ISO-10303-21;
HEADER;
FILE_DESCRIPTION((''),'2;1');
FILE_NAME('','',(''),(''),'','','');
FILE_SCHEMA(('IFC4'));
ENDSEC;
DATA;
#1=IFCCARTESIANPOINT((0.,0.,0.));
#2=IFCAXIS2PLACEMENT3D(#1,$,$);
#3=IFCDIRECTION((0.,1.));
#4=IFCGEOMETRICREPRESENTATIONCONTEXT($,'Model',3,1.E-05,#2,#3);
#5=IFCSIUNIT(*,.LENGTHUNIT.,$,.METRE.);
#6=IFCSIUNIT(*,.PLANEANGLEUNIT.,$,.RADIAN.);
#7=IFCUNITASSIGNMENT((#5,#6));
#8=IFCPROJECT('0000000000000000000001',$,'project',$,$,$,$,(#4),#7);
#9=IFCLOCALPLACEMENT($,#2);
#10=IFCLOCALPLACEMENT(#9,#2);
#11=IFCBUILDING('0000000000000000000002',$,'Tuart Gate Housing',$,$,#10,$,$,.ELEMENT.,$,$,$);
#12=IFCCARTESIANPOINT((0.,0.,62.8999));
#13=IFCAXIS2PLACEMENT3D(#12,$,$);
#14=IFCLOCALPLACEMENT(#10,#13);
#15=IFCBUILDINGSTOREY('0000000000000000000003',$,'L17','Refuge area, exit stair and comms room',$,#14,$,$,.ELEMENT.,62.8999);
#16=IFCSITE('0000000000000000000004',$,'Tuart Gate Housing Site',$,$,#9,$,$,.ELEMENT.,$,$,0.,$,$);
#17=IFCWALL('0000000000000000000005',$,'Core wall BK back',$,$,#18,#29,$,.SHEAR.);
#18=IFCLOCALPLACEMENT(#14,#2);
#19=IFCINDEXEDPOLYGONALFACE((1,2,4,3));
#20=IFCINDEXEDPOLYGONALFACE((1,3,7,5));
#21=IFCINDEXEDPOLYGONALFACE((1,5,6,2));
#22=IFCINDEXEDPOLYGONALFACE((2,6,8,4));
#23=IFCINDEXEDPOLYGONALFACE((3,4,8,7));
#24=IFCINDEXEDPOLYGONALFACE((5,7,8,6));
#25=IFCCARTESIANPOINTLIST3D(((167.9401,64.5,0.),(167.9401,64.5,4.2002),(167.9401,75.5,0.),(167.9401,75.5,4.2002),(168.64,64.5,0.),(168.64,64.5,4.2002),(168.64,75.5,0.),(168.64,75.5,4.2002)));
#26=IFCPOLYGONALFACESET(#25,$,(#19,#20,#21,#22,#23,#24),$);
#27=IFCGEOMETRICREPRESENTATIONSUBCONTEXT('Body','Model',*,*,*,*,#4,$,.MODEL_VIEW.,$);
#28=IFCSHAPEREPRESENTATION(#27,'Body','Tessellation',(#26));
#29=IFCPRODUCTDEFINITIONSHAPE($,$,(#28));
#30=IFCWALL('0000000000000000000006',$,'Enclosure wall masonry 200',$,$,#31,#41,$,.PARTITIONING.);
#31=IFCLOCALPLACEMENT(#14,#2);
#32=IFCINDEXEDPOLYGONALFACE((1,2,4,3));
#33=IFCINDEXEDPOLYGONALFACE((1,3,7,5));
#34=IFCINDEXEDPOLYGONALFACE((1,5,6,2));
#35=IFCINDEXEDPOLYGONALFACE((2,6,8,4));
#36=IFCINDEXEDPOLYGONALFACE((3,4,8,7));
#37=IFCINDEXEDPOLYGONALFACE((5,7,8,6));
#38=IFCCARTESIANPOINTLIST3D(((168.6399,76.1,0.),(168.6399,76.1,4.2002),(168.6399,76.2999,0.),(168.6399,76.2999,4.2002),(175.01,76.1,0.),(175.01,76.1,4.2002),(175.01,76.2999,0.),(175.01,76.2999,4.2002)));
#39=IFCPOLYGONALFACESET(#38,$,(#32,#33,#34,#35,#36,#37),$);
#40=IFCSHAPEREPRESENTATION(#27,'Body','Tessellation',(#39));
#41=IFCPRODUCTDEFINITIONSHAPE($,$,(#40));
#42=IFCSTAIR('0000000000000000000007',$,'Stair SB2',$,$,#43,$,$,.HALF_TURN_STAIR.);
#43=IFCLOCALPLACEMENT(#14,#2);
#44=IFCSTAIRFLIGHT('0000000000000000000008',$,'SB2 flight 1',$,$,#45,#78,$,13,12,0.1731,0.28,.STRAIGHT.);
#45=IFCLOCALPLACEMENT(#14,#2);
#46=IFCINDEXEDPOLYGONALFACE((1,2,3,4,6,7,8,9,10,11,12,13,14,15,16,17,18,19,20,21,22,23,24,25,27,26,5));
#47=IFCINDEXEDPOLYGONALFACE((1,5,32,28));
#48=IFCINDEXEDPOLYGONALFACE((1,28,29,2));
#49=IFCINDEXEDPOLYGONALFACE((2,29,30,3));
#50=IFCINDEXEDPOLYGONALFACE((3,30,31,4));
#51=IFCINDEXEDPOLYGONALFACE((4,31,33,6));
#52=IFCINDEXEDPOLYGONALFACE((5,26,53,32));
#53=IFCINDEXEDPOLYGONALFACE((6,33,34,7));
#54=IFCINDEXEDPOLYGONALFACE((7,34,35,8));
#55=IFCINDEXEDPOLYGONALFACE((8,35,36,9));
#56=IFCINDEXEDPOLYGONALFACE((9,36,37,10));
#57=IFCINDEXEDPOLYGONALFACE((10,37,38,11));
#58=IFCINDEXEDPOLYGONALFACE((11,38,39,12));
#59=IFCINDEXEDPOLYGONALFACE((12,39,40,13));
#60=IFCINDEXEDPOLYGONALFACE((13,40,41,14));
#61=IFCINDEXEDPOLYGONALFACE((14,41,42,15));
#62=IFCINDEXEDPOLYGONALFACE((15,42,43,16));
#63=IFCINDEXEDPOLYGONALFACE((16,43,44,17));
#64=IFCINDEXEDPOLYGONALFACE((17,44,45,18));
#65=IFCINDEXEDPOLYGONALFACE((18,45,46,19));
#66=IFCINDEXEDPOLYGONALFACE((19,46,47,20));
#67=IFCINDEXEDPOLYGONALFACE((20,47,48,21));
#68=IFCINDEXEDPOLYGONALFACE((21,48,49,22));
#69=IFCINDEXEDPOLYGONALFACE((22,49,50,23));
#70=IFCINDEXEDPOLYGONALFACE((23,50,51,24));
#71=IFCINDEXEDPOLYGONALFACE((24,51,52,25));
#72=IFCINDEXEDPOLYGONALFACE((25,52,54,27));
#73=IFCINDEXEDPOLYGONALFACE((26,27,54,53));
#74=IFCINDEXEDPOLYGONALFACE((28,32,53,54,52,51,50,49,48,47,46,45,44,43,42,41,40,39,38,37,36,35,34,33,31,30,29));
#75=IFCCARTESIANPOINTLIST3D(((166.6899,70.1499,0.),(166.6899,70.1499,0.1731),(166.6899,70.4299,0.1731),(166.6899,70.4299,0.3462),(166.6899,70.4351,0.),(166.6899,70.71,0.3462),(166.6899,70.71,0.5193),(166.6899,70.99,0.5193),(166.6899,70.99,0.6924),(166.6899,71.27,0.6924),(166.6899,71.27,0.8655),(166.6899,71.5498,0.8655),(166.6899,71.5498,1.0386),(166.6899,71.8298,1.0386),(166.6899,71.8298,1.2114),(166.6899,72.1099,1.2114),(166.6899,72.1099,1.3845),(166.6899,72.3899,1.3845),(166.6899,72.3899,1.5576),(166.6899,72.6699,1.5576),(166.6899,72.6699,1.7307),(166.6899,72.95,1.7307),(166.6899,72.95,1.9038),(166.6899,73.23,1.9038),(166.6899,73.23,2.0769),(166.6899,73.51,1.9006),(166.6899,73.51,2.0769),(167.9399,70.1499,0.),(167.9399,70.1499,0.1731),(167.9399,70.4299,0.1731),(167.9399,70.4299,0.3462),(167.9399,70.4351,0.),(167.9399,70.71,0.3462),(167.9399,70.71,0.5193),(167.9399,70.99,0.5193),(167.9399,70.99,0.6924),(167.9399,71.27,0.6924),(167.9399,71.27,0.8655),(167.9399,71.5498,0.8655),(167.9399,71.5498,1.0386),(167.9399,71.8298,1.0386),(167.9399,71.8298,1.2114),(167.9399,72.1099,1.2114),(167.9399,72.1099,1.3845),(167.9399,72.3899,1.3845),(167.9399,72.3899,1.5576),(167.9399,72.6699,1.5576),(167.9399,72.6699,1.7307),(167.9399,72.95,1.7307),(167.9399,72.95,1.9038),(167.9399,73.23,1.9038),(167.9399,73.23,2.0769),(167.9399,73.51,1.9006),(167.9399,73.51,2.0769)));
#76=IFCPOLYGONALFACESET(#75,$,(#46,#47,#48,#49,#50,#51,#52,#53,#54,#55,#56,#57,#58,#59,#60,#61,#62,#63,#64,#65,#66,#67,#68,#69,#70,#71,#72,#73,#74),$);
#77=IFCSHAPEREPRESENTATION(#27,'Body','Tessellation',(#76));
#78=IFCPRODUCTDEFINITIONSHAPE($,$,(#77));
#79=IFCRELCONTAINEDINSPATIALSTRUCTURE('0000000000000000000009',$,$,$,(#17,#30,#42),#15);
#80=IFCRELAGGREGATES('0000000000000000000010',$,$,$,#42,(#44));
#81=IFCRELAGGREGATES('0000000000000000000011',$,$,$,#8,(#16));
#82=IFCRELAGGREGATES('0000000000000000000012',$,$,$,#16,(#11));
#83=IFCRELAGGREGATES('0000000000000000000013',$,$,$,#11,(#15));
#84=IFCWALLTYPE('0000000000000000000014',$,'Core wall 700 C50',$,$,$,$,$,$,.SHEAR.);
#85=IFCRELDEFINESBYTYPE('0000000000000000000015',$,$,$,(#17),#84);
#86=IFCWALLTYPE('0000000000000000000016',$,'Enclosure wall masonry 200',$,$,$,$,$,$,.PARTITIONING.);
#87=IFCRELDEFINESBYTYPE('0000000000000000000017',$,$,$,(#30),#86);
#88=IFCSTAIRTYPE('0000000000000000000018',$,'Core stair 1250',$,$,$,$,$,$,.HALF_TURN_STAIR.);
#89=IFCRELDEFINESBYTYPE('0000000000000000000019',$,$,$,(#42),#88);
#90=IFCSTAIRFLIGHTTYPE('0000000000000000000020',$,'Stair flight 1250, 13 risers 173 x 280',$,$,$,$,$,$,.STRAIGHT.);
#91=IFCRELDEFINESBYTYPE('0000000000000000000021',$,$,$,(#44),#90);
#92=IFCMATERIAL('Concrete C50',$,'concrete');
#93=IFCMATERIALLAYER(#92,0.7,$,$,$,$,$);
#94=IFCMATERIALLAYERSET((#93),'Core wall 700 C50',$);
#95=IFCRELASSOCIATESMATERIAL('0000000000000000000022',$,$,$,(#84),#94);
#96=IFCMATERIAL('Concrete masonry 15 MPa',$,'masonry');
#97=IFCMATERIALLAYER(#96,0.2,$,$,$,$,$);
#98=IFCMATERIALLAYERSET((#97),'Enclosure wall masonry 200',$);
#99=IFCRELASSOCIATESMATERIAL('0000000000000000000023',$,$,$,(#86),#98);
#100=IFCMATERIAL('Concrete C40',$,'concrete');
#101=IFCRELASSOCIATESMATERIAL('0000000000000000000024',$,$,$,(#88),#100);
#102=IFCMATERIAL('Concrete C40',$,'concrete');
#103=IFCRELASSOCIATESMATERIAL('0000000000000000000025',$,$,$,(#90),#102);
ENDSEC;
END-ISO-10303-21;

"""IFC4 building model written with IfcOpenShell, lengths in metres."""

from ifc_helpers import new_model, si_unit, direction, frame, frame_2d, origin, place, context, subcontext, project, spatial, polyline, rectangle, outline, extrude, material, layer, layer_set, type_object, element, aggregate, save


model = new_model("IFC4")

# Units and contexts
model_context = context("Model", 3, precision=1e-05, world=origin(), true_north=direction((0.0, 1.0)))
body_context = subcontext(model_context, "Body", "Model", "MODEL_VIEW")
ifc_project = project(units=[si_unit("LENGTHUNIT", "METRE"), si_unit("PLANEANGLEUNIT", "RADIAN")], contexts=[model_context])

# Site, building, storey
site_placement = place(None, origin())
site = spatial("IfcSite", under=ifc_project, at=site_placement, Name="Tuart Gate Housing Site", CompositionType="ELEMENT", RefElevation=0.0)
building_placement = place(site_placement, origin())
building = spatial("IfcBuilding", under=site, at=building_placement, Name="Tuart Gate Housing", CompositionType="ELEMENT")
storey_placement = place(building_placement, frame((0.0, 0.0, 62.8999)))
storey = spatial("IfcBuildingStorey", under=building, at=storey_placement, Name="L17", Description="Refuge area, exit stair and comms room", CompositionType="ELEMENT", Elevation=62.8999)

# Walls
ifc_material_1 = material(Name="Concrete C50", Category="concrete")
ifc_layer_1 = layer(ifc_material_1, 0.7)
ifc_layer_set_1 = layer_set([ifc_layer_1], Name="Core wall 700 C50")
wall_type_1 = type_object("IfcWallType", Name="Core wall 700 C50", PredefinedType="SHEAR", material=ifc_layer_set_1)
wall_1_placement = place(storey_placement, frame((168.29, 75.5, 0.0), z_axis=(0.0, 0.0, 1.0), x_axis=(0.0, -1.0, 0.0)))
element("IfcWall", 1, at=wall_1_placement, inside=storey, type_object=wall_type_1, Name="Core wall BK back", PredefinedType="SHEAR", context=body_context, shape_type="SweptSolid", body=[
    extrude(rectangle(XDim=11.0, YDim=0.7, at=frame_2d((5.5, 0.0))), origin(), (0.0, 0.0, 1.0), 4.2002),
])
ifc_material_2 = material(Name="Concrete masonry 15 MPa", Category="masonry")
ifc_layer_2 = layer(ifc_material_2, 0.2)
ifc_layer_set_2 = layer_set([ifc_layer_2], Name="Enclosure wall masonry 200")
wall_type_2 = type_object("IfcWallType", Name="Enclosure wall masonry 200", PredefinedType="PARTITIONING", material=ifc_layer_set_2)
wall_2_placement = place(storey_placement, frame((168.6399, 76.2, 0.0), z_axis=(0.0, 0.0, 1.0), x_axis=(1.0, 0.0, 0.0)))
element("IfcWall", 2, at=wall_2_placement, inside=storey, type_object=wall_type_2, Name="Enclosure wall masonry 200", PredefinedType="PARTITIONING", context=body_context, shape_type="SweptSolid", body=[
    extrude(rectangle(XDim=6.3701, YDim=0.2, at=frame_2d((3.1851, 0.0))), origin(), (0.0, 0.0, 1.0), 4.2002),
])

# Stair, stair flight
ifc_material_3 = material(Name="Concrete C40", Category="concrete")
stair_type = type_object("IfcStairType", Name="Core stair 1250", PredefinedType="HALF_TURN_STAIR", material=ifc_material_3)
stair_placement = place(storey_placement, origin())
stair = element("IfcStair", 3, at=stair_placement, inside=storey, type_object=stair_type, Name="Stair SB2", PredefinedType="HALF_TURN_STAIR")
ifc_material_4 = material(Name="Concrete C40", Category="concrete")
stair_flight_type = type_object("IfcStairFlightType", Name="Stair flight 1250, 13 risers 173 x 280", PredefinedType="STRAIGHT", material=ifc_material_4)
stair_flight_placement = place(storey_placement, frame((167.3149, 70.1499, 0.0), z_axis=(0.0, 0.0, 1.0), x_axis=(0.0, 1.0, 0.0)))
stair_flight = element("IfcStairFlight", 4, at=stair_flight_placement, type_object=stair_flight_type, Name="SB2 flight 1", NumberOfRisers=13, NumberOfTreads=12, PredefinedType="STRAIGHT", RiserHeight=0.1731, TreadLength=0.28, context=body_context, shape_type="SweptSolid", body=[
    extrude(outline(polyline([(0.0, 0.0), (0.0, 0.1731), (0.28, 0.1731), (0.28, 0.3462), (0.5601, 0.3462), (0.5601, 0.5193), (0.8401, 0.5193), (0.8401, 0.6924), (1.1201, 0.6924), (1.1201, 0.8655), (1.3999, 0.8655), (1.3999, 1.0386), (1.6799, 1.0386), (1.6799, 1.2114), (1.96, 1.2114), (1.96, 1.3845), (2.24, 1.3845), (2.24, 1.5576), (2.52, 1.5576), (2.52, 1.7307), (2.8, 1.7307), (2.8, 1.9038), (3.0801, 1.9038), (3.0801, 2.0769), (3.3601, 2.0769), (3.3601, 2.25), (3.3601, 1.9006), (0.2852, 0.0), (0.0, 0.0)])), frame((0.0, 0.625, 0.0), z_axis=(0.0, -1.0, 0.0), x_axis=(1.0, 0.0, 0.0)), (0.0, 0.0, 1.0), 1.25),
])
aggregate(stair, [stair_flight])

save(model, "model.ifc")
